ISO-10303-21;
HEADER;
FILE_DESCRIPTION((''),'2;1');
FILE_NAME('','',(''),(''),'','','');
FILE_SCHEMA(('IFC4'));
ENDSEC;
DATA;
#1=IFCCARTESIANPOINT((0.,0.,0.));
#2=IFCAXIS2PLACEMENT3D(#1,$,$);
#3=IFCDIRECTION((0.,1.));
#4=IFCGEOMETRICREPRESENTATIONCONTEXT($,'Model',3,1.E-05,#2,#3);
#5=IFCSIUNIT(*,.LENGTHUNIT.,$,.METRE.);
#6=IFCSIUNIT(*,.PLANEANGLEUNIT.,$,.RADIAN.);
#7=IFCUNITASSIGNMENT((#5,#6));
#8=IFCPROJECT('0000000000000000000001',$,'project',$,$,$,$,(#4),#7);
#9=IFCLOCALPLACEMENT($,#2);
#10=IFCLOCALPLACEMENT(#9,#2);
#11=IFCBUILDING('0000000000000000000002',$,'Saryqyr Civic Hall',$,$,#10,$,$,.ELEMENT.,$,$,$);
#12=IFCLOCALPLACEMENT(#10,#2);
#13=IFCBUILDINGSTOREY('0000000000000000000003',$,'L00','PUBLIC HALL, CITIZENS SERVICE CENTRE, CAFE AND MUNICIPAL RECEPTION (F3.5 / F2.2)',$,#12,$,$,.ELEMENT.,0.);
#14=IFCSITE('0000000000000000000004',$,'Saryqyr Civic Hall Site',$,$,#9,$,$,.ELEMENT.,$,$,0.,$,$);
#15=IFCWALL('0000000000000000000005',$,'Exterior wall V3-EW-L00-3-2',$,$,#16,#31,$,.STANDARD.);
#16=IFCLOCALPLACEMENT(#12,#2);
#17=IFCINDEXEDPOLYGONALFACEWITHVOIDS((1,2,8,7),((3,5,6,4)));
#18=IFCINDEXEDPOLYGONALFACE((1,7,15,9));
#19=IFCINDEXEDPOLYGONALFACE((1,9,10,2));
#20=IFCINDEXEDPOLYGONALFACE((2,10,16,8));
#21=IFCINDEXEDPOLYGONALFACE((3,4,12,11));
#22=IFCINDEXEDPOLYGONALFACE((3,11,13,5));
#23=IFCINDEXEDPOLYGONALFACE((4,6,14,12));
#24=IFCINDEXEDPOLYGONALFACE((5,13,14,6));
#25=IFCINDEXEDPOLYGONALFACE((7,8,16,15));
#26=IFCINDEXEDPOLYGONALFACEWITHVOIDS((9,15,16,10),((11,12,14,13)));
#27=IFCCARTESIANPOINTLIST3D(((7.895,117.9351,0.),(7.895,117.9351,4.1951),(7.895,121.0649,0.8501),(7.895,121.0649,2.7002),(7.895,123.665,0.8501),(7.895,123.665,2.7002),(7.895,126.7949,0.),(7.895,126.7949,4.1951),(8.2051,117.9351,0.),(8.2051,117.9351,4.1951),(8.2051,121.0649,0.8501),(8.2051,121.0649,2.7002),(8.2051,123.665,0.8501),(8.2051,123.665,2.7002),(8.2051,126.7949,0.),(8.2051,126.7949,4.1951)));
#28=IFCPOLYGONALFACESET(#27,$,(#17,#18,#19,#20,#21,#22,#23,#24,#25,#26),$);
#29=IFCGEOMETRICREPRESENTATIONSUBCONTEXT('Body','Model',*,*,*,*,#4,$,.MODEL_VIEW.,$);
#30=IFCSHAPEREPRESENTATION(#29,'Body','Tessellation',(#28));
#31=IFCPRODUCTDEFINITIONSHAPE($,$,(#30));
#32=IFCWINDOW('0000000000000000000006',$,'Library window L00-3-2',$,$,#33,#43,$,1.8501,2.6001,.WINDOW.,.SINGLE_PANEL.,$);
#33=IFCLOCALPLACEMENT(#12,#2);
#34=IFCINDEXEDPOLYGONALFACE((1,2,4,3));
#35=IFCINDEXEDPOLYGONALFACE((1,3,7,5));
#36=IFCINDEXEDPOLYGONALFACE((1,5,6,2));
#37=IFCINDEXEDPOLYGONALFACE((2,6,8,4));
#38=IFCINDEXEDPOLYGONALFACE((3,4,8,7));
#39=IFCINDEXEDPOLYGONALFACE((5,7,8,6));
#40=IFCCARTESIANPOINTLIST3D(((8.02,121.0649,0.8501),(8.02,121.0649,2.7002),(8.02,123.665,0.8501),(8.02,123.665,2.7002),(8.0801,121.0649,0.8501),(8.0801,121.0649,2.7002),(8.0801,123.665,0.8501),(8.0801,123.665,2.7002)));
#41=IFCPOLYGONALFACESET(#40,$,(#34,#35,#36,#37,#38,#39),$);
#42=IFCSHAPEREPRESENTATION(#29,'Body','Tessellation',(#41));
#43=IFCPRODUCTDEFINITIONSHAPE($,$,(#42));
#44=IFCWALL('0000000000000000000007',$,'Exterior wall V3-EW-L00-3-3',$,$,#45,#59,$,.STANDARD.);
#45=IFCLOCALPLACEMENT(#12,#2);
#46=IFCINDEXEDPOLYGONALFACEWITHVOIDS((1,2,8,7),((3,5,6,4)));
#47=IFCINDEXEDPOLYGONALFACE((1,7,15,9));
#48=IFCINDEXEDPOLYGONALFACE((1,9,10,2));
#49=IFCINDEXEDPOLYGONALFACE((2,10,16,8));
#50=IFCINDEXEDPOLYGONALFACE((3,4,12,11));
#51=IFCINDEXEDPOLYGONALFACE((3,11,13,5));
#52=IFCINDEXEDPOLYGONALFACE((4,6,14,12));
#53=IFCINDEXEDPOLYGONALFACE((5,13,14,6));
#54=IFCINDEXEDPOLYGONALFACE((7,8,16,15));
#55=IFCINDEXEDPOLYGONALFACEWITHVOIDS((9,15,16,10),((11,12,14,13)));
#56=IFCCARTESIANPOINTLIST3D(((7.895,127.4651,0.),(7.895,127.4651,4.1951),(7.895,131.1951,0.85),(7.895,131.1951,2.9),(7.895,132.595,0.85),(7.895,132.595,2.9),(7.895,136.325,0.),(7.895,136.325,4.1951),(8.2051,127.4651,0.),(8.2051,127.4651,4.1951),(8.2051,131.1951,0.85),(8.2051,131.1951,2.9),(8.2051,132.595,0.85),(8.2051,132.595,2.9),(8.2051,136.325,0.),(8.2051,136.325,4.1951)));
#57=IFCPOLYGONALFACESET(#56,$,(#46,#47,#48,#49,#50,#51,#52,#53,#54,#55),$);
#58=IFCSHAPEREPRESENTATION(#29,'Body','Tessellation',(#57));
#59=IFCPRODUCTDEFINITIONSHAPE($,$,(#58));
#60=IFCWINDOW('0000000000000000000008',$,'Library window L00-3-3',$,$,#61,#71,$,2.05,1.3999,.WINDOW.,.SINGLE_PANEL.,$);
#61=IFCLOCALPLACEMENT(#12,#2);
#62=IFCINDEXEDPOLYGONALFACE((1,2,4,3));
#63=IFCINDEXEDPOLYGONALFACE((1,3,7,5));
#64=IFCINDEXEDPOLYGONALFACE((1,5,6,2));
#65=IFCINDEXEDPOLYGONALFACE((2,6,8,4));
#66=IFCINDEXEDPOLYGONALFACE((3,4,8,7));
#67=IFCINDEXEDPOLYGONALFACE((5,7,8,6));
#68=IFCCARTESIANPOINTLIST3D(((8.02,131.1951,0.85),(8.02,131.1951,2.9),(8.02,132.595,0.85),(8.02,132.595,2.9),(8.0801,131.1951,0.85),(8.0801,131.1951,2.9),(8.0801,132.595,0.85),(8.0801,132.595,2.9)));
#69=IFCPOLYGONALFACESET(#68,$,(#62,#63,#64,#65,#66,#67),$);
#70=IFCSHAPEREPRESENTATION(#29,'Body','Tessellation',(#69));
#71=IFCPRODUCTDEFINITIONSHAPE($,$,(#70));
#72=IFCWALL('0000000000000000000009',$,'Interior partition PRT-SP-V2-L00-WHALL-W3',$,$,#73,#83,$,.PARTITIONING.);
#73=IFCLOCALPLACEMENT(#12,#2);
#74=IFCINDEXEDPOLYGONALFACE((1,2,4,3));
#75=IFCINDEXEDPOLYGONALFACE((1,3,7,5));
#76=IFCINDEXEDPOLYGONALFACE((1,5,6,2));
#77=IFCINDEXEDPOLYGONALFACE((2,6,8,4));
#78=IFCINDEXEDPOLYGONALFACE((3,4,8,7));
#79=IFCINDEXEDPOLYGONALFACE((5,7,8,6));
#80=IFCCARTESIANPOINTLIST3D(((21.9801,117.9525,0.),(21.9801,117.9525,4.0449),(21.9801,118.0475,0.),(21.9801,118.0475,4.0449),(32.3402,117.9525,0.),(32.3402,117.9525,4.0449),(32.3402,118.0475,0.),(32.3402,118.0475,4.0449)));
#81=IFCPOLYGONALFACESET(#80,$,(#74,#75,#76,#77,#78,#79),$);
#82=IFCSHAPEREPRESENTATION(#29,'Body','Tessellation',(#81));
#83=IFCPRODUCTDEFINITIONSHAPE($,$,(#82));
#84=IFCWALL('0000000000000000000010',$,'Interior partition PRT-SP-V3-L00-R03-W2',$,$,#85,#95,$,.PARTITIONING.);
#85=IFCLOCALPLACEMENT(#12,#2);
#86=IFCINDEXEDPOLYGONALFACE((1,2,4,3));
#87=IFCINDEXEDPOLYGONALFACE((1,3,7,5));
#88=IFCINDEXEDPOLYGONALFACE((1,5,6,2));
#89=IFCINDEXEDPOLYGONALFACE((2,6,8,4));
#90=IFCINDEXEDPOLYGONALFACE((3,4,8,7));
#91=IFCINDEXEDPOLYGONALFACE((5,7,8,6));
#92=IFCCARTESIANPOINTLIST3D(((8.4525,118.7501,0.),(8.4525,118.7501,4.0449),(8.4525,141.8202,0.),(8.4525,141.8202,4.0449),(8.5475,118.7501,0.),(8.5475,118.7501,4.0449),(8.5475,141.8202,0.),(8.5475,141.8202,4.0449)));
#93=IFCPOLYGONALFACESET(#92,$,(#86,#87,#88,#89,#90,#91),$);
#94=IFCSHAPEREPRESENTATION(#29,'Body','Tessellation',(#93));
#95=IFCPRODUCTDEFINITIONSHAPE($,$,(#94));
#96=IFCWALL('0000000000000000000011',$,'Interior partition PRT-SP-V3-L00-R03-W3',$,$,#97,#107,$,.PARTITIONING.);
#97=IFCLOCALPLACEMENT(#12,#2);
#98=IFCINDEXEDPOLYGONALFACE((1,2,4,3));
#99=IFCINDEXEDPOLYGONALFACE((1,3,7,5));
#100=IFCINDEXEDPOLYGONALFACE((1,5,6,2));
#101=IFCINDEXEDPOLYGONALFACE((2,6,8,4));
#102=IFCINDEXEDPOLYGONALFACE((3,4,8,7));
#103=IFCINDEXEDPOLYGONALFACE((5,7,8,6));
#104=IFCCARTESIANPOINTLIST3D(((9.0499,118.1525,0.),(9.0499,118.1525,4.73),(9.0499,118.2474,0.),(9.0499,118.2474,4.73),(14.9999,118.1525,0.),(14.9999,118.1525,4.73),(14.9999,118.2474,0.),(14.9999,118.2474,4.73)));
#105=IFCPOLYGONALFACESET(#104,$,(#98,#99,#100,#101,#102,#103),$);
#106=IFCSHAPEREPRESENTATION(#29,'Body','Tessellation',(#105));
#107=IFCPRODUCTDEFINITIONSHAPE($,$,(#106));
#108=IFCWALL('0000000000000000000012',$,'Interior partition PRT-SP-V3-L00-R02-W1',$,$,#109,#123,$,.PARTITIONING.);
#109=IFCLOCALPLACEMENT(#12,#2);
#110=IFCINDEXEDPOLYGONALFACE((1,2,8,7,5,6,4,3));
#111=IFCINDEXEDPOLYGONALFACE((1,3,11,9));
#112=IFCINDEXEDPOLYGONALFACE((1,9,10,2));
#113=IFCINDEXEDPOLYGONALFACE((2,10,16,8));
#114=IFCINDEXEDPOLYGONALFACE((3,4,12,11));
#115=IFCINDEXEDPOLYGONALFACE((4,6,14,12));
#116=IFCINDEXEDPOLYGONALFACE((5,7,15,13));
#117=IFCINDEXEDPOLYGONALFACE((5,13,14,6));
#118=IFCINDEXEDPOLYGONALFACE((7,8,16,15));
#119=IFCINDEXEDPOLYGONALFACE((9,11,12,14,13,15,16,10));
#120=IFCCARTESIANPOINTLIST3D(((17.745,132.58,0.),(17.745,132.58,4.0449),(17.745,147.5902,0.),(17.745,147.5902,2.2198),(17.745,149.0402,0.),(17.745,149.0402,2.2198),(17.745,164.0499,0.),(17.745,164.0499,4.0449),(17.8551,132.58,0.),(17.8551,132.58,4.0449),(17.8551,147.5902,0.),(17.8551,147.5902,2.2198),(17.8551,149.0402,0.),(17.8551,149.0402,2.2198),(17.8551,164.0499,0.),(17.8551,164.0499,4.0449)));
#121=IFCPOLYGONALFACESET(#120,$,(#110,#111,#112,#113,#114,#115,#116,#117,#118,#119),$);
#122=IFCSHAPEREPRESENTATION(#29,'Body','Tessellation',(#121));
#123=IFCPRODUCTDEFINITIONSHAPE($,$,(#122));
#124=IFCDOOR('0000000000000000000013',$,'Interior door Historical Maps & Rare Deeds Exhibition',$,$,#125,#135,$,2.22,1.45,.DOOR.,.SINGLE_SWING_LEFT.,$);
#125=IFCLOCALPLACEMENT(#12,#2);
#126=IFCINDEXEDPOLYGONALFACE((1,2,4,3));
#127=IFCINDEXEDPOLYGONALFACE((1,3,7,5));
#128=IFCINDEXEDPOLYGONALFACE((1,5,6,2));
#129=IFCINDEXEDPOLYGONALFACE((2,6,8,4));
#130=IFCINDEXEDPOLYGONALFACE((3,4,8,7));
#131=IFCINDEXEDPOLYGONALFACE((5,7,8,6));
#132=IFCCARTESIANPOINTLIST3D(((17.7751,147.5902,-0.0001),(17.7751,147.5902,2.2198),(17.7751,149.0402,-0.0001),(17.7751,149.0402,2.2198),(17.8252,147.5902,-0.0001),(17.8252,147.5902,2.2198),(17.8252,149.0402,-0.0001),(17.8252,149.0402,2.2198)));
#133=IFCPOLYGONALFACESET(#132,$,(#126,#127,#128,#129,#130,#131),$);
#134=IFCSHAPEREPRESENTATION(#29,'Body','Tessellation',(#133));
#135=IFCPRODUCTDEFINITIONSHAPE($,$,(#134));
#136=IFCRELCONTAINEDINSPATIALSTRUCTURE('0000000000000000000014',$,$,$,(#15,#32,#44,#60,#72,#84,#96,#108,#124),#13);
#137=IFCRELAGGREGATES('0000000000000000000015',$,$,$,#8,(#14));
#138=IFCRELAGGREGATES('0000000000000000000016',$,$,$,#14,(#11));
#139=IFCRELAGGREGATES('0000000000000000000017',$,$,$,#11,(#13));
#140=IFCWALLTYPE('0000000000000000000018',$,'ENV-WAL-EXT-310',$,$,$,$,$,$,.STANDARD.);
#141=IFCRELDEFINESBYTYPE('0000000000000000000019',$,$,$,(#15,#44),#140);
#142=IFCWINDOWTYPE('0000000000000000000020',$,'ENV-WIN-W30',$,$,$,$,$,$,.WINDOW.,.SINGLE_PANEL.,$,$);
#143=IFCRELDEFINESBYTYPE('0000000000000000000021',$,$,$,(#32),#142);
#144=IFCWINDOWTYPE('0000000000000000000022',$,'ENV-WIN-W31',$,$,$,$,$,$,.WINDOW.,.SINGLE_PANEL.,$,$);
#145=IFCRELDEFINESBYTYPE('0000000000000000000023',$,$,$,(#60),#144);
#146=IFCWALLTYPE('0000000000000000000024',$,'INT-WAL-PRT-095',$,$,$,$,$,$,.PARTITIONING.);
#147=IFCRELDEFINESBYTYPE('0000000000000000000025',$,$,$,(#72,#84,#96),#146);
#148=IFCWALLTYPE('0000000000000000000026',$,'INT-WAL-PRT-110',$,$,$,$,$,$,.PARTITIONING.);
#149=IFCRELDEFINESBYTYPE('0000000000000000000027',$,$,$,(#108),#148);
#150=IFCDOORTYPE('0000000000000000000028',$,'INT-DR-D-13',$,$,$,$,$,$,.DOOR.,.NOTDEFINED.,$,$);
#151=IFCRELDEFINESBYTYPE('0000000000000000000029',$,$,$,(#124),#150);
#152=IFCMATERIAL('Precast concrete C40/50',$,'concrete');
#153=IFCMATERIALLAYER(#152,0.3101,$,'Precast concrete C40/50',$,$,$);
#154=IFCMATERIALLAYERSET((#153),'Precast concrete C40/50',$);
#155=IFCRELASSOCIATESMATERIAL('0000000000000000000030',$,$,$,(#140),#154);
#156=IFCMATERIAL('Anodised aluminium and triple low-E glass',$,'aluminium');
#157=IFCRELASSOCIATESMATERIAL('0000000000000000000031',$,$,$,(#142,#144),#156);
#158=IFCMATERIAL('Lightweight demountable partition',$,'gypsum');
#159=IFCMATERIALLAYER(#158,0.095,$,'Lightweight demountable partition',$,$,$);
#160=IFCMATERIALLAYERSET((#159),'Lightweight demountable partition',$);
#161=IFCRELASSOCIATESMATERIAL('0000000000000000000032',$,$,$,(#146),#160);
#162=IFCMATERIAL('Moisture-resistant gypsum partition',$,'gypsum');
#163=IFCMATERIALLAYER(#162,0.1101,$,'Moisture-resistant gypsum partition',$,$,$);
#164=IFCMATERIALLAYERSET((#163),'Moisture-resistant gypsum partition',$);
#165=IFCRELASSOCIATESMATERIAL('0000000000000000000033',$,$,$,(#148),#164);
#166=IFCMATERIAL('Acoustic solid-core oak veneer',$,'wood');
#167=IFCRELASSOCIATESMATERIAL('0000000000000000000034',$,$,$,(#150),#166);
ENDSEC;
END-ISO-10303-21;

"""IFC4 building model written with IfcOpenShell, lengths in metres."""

from ifc_helpers import new_model, si_unit, direction, frame, frame_2d, origin, place, context, subcontext, project, spatial, rectangle, extrude, material, layer, layer_set, type_object, element, fill, save


model = new_model("IFC4")

# Units and contexts
model_context = context("Model", 3, precision=1e-05, world=origin(), true_north=direction((0.0, 1.0)))
body_context = subcontext(model_context, "Body", "Model", "MODEL_VIEW")
ifc_project = project(units=[si_unit("LENGTHUNIT", "METRE"), si_unit("PLANEANGLEUNIT", "RADIAN")], contexts=[model_context])

# Site, building, storey
site_placement = place(None, origin())
site = spatial("IfcSite", under=ifc_project, at=site_placement, Name="Saryqyr Civic Hall Site", CompositionType="ELEMENT", RefElevation=0.0)
building_placement = place(site_placement, origin())
building = spatial("IfcBuilding", under=site, at=building_placement, Name="Saryqyr Civic Hall", CompositionType="ELEMENT")
storey_placement = place(building_placement, origin())
storey = spatial("IfcBuildingStorey", under=building, at=storey_placement, Name="L00", Description="PUBLIC HALL, CITIZENS SERVICE CENTRE, CAFE AND MUNICIPAL RECEPTION (F3.5 / F2.2)", CompositionType="ELEMENT", Elevation=0.0)

# Walls, openings, windows
ifc_material_1 = material(Name="Precast concrete C40/50", Category="concrete")
ifc_layer_1 = layer(ifc_material_1, 0.3101, Name="Precast concrete C40/50")
ifc_layer_set_1 = layer_set([ifc_layer_1], Name="Precast concrete C40/50")
wall_type_1 = type_object("IfcWallType", Name="ENV-WAL-EXT-310", PredefinedType="STANDARD", material=ifc_layer_set_1)
wall_1_placement = place(storey_placement, frame((8.05, 117.9351, 0.0), z_axis=(0.0, 0.0, 1.0), x_axis=(0.0, 1.0, 0.0)))
wall_1 = element("IfcWall", 1, at=wall_1_placement, inside=storey, type_object=wall_type_1, Name="Exterior wall V3-EW-L00-3-2", PredefinedType="STANDARD", context=body_context, shape_type="SweptSolid", body=[
    extrude(rectangle(XDim=8.8599, YDim=0.3101, at=frame_2d((4.4299, 0.0))), origin(), (0.0, 0.0, 1.0), 4.1951),
])
opening_1_placement = place(wall_1_placement, frame((3.1299, 0.0, 0.8501)))
opening_1 = element("IfcOpeningElement", 2, at=opening_1_placement, cuts=wall_1, PredefinedType="OPENING", context=body_context, shape_type="SweptSolid", body=[
    extrude(rectangle(XDim=2.6001, YDim=1.8501, at=frame_2d((1.3, 0.925))), frame((0.0, 0.165, 0.0), z_axis=(0.0, -1.0, 0.0), x_axis=(1.0, 0.0, 0.0)), (0.0, 0.0, 1.0), 0.3301),
])
ifc_material_2 = material(Name="Anodised aluminium and triple low-E glass", Category="aluminium")
window_type_1 = type_object("IfcWindowType", Name="ENV-WIN-W30", PartitioningType="SINGLE_PANEL", PredefinedType="WINDOW", material=ifc_material_2)
window_1_placement = place(opening_1_placement, origin())
window_1 = element("IfcWindow", 3, at=window_1_placement, inside=storey, type_object=window_type_1, Name="Library window L00-3-2", OverallHeight=1.8501, OverallWidth=2.6001, PartitioningType="SINGLE_PANEL", PredefinedType="WINDOW", context=body_context, shape_type="SweptSolid", body=[
    extrude(rectangle(XDim=2.6001, YDim=1.8501, at=frame_2d((1.3, 0.925))), frame((0.0, 0.03, 0.0), z_axis=(0.0, -1.0, 0.0), x_axis=(1.0, 0.0, 0.0)), (0.0, 0.0, 1.0), 0.0601),
])
fill(opening_1, window_1)
wall_2_placement = place(storey_placement, frame((8.05, 127.4651, 0.0), z_axis=(0.0, 0.0, 1.0), x_axis=(0.0, 1.0, 0.0)))
wall_2 = element("IfcWall", 4, at=wall_2_placement, inside=storey, type_object=wall_type_1, Name="Exterior wall V3-EW-L00-3-3", PredefinedType="STANDARD", context=body_context, shape_type="SweptSolid", body=[
    extrude(rectangle(XDim=8.8599, YDim=0.3101, at=frame_2d((4.4299, 0.0))), origin(), (0.0, 0.0, 1.0), 4.1951),
])
opening_2_placement = place(wall_2_placement, frame((3.73, 0.0, 0.8501)))
opening_2 = element("IfcOpeningElement", 5, at=opening_2_placement, cuts=wall_2, PredefinedType="OPENING", context=body_context, shape_type="SweptSolid", body=[
    extrude(rectangle(XDim=1.3999, YDim=2.05, at=frame_2d((0.7, 1.0249))), frame((0.0, 0.165, 0.0), z_axis=(0.0, -1.0, 0.0), x_axis=(1.0, 0.0, 0.0)), (0.0, 0.0, 1.0), 0.3301),
])
window_type_2 = type_object("IfcWindowType", Name="ENV-WIN-W31", PartitioningType="SINGLE_PANEL", PredefinedType="WINDOW", material=ifc_material_2)
window_2_placement = place(opening_2_placement, origin())
window_2 = element("IfcWindow", 6, at=window_2_placement, inside=storey, type_object=window_type_2, Name="Library window L00-3-3", OverallHeight=2.05, OverallWidth=1.3999, PartitioningType="SINGLE_PANEL", PredefinedType="WINDOW", context=body_context, shape_type="SweptSolid", body=[
    extrude(rectangle(XDim=1.3999, YDim=2.05, at=frame_2d((0.7, 1.0249))), frame((0.0, 0.03, 0.0), z_axis=(0.0, -1.0, 0.0), x_axis=(1.0, 0.0, 0.0)), (0.0, 0.0, 1.0), 0.0601),
])
fill(opening_2, window_2)

# Walls
ifc_material_3 = material(Name="Lightweight demountable partition", Category="gypsum")
ifc_layer_2 = layer(ifc_material_3, 0.095, Name="Lightweight demountable partition")
ifc_layer_set_2 = layer_set([ifc_layer_2], Name="Lightweight demountable partition")
wall_type_2 = type_object("IfcWallType", Name="INT-WAL-PRT-095", PredefinedType="PARTITIONING", material=ifc_layer_set_2)
wall_3_placement = place(storey_placement, frame((21.98, 118.0, 0.0), z_axis=(0.0, 0.0, 1.0), x_axis=(1.0, 0.0, 0.0)))
element("IfcWall", 7, at=wall_3_placement, inside=storey, type_object=wall_type_2, Name="Interior partition PRT-SP-V2-L00-WHALL-W3", PredefinedType="PARTITIONING", context=body_context, shape_type="SweptSolid", body=[
    extrude(rectangle(XDim=10.3601, YDim=0.095, at=frame_2d((5.1802, 0.0))), origin(), (0.0, 0.0, 1.0), 4.0449),
])
wall_4_placement = place(storey_placement, frame((8.5, 118.75, 0.0), z_axis=(0.0, 0.0, 1.0), x_axis=(0.0, 1.0, 0.0)))
element("IfcWall", 8, at=wall_4_placement, inside=storey, type_object=wall_type_2, Name="Interior partition PRT-SP-V3-L00-R03-W2", PredefinedType="PARTITIONING", context=body_context, shape_type="SweptSolid", body=[
    extrude(rectangle(XDim=23.0701, YDim=0.095, at=frame_2d((11.5352, 0.0))), origin(), (0.0, 0.0, 1.0), 4.0449),
])
wall_5_placement = place(storey_placement, frame((15.0, 118.2, 0.0), z_axis=(0.0, 0.0, 1.0), x_axis=(-1.0, 0.0, 0.0)))
element("IfcWall", 9, at=wall_5_placement, inside=storey, type_object=wall_type_2, Name="Interior partition PRT-SP-V3-L00-R03-W3", PredefinedType="PARTITIONING", context=body_context, shape_type="SweptSolid", body=[
    extrude(rectangle(XDim=5.95, YDim=0.095, at=frame_2d((2.9751, 0.0))), origin(), (0.0, 0.0, 1.0), 4.73),
])

# Wall, opening, door
ifc_material_4 = material(Name="Moisture-resistant gypsum partition", Category="gypsum")
ifc_layer_3 = layer(ifc_material_4, 0.1101, Name="Moisture-resistant gypsum partition")
ifc_layer_set_3 = layer_set([ifc_layer_3], Name="Moisture-resistant gypsum partition")
wall_type_3 = type_object("IfcWallType", Name="INT-WAL-PRT-110", PredefinedType="PARTITIONING", material=ifc_layer_set_3)
wall_6_placement = place(storey_placement, frame((17.8, 132.5801, 0.0), z_axis=(0.0, 0.0, 1.0), x_axis=(0.0, 1.0, 0.0)))
wall_6 = element("IfcWall", 10, at=wall_6_placement, inside=storey, type_object=wall_type_3, Name="Interior partition PRT-SP-V3-L00-R02-W1", PredefinedType="PARTITIONING", context=body_context, shape_type="SweptSolid", body=[
    extrude(rectangle(XDim=31.47, YDim=0.1101, at=frame_2d((15.7349, 0.0))), origin(), (0.0, 0.0, 1.0), 4.0449),
])
opening_3_placement = place(wall_6_placement, frame((15.01, 0.0, 0.0)))
opening_3 = element("IfcOpeningElement", 11, at=opening_3_placement, cuts=wall_6, PredefinedType="OPENING", context=body_context, shape_type="SweptSolid", body=[
    extrude(rectangle(XDim=1.45, YDim=2.22, at=frame_2d((0.7251, 1.1099))), frame((0.0, 0.0649, 0.0), z_axis=(0.0, -1.0, 0.0), x_axis=(1.0, 0.0, 0.0)), (0.0, 0.0, 1.0), 0.1301),
])
ifc_material_5 = material(Name="Acoustic solid-core oak veneer", Category="wood")
door_type = type_object("IfcDoorType", Name="INT-DR-D-13", OperationType="NOTDEFINED", PredefinedType="DOOR", material=ifc_material_5)
door_placement = place(opening_3_placement, origin())
door = element("IfcDoor", 12, at=door_placement, inside=storey, type_object=door_type, Name="Interior door Historical Maps & Rare Deeds Exhibition", OperationType="SINGLE_SWING_LEFT", OverallHeight=2.22, OverallWidth=1.45, PredefinedType="DOOR", context=body_context, shape_type="SweptSolid", body=[
    extrude(rectangle(XDim=1.45, YDim=2.22, at=frame_2d((0.7251, 1.1099))), frame((0.0, 0.0249, 0.0), z_axis=(0.0, -1.0, 0.0), x_axis=(1.0, 0.0, 0.0)), (0.0, 0.0, 1.0), 0.05),
])
fill(opening_3, door)

save(model, "model.ifc")
